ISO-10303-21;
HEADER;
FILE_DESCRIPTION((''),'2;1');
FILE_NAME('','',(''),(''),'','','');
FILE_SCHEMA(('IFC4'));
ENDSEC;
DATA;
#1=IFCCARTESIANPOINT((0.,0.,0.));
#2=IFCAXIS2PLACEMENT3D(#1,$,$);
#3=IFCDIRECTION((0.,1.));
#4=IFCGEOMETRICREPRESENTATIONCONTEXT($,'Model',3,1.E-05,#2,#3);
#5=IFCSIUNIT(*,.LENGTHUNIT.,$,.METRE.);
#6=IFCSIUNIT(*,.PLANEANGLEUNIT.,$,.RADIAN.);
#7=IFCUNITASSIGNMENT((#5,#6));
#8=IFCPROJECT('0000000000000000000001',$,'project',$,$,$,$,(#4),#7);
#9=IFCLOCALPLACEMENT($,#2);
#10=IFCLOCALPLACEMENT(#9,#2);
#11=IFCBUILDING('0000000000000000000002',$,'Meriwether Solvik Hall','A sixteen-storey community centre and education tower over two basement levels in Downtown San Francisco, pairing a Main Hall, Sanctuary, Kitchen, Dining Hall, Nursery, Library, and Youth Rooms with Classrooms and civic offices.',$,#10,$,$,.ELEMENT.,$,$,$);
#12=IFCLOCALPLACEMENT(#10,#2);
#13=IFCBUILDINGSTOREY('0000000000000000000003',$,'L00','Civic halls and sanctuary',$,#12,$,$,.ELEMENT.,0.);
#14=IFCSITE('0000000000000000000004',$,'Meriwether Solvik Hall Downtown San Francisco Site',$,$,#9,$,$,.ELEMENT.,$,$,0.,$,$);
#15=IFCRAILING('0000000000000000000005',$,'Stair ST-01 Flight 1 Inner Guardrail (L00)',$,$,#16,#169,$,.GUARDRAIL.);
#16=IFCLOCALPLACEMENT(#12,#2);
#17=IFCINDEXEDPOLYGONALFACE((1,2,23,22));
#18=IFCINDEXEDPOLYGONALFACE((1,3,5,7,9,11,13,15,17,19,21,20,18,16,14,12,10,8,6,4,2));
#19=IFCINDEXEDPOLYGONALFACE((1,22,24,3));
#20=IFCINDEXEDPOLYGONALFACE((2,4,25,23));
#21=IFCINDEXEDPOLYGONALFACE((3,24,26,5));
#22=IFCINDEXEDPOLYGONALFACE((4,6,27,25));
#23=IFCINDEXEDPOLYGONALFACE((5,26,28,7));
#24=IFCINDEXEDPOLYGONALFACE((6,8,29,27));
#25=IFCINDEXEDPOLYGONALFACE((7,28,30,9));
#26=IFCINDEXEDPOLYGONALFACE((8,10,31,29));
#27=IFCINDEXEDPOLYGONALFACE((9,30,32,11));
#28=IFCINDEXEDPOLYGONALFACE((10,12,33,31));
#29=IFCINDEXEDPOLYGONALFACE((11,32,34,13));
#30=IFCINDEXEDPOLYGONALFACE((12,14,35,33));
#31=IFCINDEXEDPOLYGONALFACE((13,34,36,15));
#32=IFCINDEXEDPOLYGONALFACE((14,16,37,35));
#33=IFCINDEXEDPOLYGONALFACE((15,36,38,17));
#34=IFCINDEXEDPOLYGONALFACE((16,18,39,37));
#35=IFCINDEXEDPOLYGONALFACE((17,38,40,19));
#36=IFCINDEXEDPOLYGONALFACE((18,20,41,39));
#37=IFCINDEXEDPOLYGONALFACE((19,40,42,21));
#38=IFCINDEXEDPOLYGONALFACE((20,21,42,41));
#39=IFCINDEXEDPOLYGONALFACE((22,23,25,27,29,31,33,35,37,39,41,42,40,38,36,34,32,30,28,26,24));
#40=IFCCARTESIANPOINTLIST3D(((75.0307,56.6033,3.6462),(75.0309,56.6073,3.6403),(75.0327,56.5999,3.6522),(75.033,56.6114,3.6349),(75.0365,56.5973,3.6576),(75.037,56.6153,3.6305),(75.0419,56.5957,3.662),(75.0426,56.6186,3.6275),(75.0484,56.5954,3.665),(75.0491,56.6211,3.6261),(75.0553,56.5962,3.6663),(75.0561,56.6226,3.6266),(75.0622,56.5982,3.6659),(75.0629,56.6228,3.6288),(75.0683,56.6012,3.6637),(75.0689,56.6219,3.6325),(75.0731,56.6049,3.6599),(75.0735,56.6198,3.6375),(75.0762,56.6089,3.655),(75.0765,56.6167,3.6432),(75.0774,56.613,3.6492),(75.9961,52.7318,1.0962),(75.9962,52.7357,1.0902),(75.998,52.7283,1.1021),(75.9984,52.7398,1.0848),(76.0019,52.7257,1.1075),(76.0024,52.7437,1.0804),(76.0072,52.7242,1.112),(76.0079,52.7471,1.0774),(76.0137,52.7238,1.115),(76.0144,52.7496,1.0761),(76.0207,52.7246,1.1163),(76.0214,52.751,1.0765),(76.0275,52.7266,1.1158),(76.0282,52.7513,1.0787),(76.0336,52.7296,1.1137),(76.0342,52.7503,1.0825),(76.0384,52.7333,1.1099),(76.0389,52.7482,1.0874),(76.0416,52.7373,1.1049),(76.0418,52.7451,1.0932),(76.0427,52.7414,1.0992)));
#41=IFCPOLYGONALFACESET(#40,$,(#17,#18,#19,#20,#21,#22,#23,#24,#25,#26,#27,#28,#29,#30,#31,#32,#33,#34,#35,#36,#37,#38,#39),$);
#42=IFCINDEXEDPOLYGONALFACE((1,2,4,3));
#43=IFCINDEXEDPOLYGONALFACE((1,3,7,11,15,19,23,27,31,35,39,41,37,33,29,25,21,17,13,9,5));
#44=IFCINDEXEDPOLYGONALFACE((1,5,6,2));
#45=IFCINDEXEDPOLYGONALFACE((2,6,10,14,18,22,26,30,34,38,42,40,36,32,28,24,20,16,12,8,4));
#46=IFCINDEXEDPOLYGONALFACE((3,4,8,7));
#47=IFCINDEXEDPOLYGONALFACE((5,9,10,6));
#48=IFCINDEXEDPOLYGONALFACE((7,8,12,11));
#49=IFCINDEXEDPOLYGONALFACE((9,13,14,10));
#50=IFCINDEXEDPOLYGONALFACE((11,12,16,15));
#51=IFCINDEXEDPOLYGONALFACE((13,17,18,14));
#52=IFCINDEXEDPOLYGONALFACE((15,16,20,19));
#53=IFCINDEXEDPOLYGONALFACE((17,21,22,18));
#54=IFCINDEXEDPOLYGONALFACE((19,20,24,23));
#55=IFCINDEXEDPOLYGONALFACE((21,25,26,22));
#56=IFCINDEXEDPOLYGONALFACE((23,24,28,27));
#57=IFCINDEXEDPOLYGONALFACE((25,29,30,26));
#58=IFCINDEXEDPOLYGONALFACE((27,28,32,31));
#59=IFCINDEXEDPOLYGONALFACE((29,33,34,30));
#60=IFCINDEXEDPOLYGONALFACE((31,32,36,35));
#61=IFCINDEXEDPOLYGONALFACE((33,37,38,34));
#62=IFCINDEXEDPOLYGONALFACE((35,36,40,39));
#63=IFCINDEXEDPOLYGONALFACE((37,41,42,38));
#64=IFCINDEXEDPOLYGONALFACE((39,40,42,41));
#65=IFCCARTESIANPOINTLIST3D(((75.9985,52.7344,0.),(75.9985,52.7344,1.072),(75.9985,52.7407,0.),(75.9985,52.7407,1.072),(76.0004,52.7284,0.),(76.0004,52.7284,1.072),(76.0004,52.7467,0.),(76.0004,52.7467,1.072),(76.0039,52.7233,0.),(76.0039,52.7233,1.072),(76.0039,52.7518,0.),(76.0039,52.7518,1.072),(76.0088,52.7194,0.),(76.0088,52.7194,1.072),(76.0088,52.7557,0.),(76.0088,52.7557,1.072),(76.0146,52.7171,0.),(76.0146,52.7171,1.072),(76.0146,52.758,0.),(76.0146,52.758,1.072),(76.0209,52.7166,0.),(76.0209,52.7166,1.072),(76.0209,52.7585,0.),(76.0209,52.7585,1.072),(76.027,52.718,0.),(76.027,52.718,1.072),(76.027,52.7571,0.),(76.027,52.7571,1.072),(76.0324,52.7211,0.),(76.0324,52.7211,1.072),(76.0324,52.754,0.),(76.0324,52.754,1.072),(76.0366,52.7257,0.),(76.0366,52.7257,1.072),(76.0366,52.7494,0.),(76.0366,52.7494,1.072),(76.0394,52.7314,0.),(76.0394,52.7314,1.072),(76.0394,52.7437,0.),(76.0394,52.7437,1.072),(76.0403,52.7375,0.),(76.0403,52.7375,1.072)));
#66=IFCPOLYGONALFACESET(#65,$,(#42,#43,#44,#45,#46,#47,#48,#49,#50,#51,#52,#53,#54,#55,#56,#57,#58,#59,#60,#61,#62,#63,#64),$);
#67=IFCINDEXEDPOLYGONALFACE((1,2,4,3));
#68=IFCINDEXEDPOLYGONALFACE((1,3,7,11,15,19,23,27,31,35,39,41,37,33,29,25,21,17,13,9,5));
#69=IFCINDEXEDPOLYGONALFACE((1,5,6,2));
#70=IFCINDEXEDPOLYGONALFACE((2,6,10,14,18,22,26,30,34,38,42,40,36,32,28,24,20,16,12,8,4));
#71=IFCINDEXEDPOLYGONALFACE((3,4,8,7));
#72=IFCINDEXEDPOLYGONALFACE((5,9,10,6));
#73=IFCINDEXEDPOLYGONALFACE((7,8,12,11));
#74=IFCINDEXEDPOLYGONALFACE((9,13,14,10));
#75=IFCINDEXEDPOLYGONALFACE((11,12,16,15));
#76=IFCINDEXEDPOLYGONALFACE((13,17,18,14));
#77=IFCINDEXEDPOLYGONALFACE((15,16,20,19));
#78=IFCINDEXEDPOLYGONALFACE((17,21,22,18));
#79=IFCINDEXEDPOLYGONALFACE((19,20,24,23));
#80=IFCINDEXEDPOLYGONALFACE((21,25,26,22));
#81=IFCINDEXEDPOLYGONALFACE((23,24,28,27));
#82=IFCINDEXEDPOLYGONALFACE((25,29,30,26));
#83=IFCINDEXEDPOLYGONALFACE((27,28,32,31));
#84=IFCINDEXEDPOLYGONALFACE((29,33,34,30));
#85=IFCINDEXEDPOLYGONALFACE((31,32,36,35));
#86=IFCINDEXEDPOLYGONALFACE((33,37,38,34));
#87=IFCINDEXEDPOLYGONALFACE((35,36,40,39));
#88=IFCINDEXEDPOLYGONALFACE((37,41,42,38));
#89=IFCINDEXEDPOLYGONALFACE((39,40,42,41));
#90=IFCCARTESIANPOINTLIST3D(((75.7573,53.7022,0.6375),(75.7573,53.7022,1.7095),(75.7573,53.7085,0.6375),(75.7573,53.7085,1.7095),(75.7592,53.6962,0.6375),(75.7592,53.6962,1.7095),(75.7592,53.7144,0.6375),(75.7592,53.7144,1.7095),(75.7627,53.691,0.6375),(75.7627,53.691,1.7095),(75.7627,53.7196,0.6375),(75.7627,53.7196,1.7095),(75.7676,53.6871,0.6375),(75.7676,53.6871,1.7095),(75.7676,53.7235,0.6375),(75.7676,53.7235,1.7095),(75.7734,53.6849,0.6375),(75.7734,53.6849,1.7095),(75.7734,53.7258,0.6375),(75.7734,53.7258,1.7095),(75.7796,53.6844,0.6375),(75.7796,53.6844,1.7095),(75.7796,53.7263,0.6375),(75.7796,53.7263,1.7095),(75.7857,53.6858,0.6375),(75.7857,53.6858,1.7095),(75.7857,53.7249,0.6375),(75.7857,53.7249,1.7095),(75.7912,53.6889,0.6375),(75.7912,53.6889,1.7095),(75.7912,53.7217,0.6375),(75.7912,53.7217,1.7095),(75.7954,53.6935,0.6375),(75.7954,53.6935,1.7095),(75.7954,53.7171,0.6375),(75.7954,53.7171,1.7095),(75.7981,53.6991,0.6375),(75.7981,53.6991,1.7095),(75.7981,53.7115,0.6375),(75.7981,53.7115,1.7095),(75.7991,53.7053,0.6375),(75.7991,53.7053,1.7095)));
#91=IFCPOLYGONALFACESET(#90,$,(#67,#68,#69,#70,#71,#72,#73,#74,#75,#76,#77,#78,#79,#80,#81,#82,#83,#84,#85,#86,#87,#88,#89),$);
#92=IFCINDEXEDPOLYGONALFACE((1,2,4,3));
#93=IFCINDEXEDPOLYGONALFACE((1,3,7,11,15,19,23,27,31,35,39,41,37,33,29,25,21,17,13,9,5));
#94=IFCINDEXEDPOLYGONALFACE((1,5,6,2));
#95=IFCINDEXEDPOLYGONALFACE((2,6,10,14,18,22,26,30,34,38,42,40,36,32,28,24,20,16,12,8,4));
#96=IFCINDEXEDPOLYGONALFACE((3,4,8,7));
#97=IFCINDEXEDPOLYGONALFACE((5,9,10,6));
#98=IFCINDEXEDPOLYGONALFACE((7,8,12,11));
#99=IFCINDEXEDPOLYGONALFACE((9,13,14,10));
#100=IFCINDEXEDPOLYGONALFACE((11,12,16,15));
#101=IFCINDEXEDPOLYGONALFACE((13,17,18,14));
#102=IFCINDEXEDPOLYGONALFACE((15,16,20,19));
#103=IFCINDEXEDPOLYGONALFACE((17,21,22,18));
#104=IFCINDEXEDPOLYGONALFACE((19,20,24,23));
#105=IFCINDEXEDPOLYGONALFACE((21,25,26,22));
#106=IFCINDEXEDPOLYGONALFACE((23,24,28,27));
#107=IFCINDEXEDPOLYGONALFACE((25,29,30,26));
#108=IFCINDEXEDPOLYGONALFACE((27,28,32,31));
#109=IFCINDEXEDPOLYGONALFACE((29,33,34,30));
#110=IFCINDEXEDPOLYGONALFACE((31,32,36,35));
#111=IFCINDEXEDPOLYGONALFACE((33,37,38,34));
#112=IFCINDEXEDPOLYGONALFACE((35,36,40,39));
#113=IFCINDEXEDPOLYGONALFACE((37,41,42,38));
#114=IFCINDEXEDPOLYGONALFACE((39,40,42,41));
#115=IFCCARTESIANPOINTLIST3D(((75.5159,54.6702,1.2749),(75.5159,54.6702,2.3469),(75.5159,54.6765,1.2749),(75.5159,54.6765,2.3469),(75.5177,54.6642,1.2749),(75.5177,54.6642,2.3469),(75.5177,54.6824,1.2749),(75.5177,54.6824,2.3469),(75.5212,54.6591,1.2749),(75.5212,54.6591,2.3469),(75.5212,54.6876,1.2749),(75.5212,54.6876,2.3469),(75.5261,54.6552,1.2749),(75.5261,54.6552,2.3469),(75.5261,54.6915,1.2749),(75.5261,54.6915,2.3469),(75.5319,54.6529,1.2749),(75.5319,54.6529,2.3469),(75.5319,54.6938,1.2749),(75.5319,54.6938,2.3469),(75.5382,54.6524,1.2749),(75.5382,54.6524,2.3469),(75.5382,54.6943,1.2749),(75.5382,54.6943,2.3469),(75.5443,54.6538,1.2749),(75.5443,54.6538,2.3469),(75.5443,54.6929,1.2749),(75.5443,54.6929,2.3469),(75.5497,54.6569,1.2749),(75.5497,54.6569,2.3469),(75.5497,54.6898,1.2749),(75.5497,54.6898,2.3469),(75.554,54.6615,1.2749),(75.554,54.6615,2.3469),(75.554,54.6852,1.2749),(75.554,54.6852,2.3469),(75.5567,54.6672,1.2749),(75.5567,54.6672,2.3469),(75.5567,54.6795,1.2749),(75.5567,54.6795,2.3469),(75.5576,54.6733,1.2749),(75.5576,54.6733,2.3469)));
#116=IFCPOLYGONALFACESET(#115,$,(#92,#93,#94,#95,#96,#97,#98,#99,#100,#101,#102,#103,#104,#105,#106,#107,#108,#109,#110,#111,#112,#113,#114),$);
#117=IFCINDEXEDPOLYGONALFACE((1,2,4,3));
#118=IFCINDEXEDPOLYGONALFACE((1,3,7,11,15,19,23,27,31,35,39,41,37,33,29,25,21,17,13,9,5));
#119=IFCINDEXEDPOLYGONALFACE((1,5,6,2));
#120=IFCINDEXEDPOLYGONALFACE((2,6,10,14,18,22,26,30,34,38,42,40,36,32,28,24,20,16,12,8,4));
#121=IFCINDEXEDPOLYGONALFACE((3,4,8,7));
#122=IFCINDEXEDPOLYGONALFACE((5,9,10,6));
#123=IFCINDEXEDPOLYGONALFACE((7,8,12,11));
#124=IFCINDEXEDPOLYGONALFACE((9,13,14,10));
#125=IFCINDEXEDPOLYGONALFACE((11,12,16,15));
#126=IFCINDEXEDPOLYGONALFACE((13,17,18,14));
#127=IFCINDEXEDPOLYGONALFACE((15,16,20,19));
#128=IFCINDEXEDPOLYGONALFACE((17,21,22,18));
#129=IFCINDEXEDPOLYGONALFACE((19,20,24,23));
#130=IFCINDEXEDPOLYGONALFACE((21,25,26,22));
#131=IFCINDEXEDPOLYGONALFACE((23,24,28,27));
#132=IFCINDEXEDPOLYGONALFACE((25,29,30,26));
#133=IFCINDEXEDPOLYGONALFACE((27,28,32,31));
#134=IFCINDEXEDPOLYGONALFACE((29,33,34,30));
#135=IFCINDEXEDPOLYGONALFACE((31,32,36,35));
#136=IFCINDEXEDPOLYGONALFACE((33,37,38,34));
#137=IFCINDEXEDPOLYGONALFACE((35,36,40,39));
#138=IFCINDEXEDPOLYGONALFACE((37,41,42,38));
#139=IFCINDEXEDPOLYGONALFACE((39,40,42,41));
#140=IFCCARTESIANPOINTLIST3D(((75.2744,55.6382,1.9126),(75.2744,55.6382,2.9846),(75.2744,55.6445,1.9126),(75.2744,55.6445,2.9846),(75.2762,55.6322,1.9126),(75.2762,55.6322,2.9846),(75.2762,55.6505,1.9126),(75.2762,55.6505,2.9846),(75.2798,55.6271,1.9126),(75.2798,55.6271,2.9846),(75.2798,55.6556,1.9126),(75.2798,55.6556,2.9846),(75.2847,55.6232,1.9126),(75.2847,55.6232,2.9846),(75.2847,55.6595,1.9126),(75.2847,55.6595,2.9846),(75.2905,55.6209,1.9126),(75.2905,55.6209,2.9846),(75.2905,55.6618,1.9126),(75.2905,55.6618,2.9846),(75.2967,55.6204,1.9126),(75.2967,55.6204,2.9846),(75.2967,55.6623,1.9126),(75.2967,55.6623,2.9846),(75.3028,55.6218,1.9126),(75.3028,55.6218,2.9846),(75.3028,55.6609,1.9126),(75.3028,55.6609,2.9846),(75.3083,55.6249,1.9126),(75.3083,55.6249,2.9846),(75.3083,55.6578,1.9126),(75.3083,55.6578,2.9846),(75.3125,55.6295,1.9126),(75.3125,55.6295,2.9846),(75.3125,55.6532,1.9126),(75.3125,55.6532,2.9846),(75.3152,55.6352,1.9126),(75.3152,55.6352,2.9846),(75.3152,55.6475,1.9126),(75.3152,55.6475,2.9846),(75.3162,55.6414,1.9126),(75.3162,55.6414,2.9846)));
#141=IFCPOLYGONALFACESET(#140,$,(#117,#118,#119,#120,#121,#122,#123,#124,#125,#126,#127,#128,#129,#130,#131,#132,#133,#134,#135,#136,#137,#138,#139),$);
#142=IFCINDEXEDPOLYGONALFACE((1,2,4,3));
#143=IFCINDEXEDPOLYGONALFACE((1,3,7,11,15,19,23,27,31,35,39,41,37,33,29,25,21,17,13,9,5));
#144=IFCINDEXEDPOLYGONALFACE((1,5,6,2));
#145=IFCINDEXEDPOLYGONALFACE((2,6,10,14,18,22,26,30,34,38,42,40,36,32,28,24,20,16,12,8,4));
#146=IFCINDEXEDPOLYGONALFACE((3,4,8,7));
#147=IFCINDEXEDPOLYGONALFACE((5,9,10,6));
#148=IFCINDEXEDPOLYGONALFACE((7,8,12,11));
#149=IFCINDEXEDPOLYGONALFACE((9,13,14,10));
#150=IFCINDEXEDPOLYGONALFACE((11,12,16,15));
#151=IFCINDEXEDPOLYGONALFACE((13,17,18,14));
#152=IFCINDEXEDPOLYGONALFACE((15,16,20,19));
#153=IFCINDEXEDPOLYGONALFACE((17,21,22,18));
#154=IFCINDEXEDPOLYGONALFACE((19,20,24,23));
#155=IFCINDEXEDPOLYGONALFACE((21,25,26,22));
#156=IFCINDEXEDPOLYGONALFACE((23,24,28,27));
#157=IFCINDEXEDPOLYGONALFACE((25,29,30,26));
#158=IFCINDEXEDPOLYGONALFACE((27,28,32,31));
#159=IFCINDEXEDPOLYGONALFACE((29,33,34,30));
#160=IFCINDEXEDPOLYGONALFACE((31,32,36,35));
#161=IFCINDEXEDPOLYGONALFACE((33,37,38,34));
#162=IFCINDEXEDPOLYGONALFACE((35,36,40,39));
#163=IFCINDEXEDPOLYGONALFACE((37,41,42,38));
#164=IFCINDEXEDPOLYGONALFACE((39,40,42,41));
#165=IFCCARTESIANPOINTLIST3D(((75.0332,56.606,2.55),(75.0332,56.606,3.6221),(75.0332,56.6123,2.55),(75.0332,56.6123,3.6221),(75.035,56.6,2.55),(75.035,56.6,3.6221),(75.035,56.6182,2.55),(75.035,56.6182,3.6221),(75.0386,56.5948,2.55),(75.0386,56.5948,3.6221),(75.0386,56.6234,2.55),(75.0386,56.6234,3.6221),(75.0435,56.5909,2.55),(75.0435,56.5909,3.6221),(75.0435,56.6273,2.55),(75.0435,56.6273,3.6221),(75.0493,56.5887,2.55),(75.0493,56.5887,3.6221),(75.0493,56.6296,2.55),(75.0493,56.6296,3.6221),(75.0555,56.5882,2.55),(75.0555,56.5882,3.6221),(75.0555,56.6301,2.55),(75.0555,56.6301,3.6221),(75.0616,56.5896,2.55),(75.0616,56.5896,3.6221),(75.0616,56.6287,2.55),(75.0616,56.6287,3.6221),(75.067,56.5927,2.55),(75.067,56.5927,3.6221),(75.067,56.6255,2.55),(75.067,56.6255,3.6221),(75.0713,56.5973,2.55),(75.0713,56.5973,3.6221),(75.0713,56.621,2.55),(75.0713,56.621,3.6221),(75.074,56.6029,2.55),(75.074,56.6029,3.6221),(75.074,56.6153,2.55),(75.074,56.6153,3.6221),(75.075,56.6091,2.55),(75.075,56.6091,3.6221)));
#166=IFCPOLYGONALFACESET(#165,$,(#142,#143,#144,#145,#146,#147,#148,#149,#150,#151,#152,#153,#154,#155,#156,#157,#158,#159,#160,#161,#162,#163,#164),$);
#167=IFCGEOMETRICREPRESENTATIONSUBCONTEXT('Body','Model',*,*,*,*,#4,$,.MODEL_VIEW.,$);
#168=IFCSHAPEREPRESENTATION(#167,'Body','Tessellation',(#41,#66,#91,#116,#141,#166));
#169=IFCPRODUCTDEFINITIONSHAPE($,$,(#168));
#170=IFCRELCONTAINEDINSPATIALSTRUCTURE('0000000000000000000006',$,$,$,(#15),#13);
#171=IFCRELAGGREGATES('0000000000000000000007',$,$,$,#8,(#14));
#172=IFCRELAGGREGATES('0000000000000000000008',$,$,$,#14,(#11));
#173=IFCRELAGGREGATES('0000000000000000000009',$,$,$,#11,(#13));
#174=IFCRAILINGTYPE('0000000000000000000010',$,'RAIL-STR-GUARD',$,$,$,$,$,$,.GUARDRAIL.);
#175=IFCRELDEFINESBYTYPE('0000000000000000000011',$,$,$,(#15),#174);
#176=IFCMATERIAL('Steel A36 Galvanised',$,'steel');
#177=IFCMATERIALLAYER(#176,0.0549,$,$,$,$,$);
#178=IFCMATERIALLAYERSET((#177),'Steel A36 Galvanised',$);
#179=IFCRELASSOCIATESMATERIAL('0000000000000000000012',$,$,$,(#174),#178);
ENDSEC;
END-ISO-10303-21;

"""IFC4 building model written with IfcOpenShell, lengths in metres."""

from ifc_helpers import new_model, si_unit, direction, frame, origin, origin_2d, place, context, subcontext, project, spatial, circle, extrude, material, layer, layer_set, type_object, element, save


model = new_model("IFC4")

# Units and contexts
model_context = context("Model", 3, precision=1e-05, world=origin(), true_north=direction((0.0, 1.0)))
body_context = subcontext(model_context, "Body", "Model", "MODEL_VIEW")
ifc_project = project(units=[si_unit("LENGTHUNIT", "METRE"), si_unit("PLANEANGLEUNIT", "RADIAN")], contexts=[model_context])

# Site, building, storey
site_placement = place(None, origin())
site = spatial("IfcSite", under=ifc_project, at=site_placement, Name="Meriwether Solvik Hall Downtown San Francisco Site", CompositionType="ELEMENT", RefElevation=0.0)
building_placement = place(site_placement, origin())
building = spatial("IfcBuilding", under=site, at=building_placement, Name="Meriwether Solvik Hall", Description="A sixteen-storey community centre and education tower over two basement levels in Downtown San Francisco, pairing a Main Hall, Sanctuary, Kitchen, Dining Hall, Nursery, Library, and Youth Rooms with Classrooms and civic offices.", CompositionType="ELEMENT")
storey_placement = place(building_placement, origin())
storey = spatial("IfcBuildingStorey", under=building, at=storey_placement, Name="L00", Description="Civic halls and sanctuary", CompositionType="ELEMENT", Elevation=0.0)

# Railing
ifc_material_1 = material(Name="Steel A36 Galvanised", Category="steel")
ifc_layer_1 = layer(ifc_material_1, 0.0549)
ifc_layer_set_1 = layer_set([ifc_layer_1], Name="Steel A36 Galvanised")
railing_type_1 = type_object("IfcRailingType", Name="RAIL-STR-GUARD", PredefinedType="GUARDRAIL", material=ifc_layer_set_1)
railing_1_placement = place(storey_placement, frame((76.0193, 52.7375, 0.0)))
element("IfcRailing", 1, at=railing_1_placement, inside=storey, type_object=railing_type_1, Name="Stair ST-01 Flight 1 Inner Guardrail (L00)", PredefinedType="GUARDRAIL", context=body_context, shape_type="SweptSolid", body=[
    extrude(circle(Radius=0.0239, at=origin_2d()), frame((0.0, 0.0, 1.0962), z_axis=(-0.203856, 0.817587, 0.538511), x_axis=(-0.970293, -0.241931, 0.0)), (0.0, 0.0, 1.0), 4.7354),
    extrude(circle(Radius=0.021, at=origin_2d()), origin(), (0.0, 0.0, 1.0), 1.072),
    extrude(circle(Radius=0.021, at=origin_2d()), frame((-0.2412, 0.9678, 0.6375)), (0.0, 0.0, 1.0), 1.072),
    extrude(circle(Radius=0.021, at=origin_2d()), frame((-0.4827, 1.9358, 1.2749)), (0.0, 0.0, 1.0), 1.072),
    extrude(circle(Radius=0.021, at=origin_2d()), frame((-0.7241, 2.9038, 1.9126)), (0.0, 0.0, 1.0), 1.072),
    extrude(circle(Radius=0.021, at=origin_2d()), frame((-0.9653, 3.8716, 2.55)), (0.0, 0.0, 1.0), 1.072),
])

save(model, "model.ifc")
